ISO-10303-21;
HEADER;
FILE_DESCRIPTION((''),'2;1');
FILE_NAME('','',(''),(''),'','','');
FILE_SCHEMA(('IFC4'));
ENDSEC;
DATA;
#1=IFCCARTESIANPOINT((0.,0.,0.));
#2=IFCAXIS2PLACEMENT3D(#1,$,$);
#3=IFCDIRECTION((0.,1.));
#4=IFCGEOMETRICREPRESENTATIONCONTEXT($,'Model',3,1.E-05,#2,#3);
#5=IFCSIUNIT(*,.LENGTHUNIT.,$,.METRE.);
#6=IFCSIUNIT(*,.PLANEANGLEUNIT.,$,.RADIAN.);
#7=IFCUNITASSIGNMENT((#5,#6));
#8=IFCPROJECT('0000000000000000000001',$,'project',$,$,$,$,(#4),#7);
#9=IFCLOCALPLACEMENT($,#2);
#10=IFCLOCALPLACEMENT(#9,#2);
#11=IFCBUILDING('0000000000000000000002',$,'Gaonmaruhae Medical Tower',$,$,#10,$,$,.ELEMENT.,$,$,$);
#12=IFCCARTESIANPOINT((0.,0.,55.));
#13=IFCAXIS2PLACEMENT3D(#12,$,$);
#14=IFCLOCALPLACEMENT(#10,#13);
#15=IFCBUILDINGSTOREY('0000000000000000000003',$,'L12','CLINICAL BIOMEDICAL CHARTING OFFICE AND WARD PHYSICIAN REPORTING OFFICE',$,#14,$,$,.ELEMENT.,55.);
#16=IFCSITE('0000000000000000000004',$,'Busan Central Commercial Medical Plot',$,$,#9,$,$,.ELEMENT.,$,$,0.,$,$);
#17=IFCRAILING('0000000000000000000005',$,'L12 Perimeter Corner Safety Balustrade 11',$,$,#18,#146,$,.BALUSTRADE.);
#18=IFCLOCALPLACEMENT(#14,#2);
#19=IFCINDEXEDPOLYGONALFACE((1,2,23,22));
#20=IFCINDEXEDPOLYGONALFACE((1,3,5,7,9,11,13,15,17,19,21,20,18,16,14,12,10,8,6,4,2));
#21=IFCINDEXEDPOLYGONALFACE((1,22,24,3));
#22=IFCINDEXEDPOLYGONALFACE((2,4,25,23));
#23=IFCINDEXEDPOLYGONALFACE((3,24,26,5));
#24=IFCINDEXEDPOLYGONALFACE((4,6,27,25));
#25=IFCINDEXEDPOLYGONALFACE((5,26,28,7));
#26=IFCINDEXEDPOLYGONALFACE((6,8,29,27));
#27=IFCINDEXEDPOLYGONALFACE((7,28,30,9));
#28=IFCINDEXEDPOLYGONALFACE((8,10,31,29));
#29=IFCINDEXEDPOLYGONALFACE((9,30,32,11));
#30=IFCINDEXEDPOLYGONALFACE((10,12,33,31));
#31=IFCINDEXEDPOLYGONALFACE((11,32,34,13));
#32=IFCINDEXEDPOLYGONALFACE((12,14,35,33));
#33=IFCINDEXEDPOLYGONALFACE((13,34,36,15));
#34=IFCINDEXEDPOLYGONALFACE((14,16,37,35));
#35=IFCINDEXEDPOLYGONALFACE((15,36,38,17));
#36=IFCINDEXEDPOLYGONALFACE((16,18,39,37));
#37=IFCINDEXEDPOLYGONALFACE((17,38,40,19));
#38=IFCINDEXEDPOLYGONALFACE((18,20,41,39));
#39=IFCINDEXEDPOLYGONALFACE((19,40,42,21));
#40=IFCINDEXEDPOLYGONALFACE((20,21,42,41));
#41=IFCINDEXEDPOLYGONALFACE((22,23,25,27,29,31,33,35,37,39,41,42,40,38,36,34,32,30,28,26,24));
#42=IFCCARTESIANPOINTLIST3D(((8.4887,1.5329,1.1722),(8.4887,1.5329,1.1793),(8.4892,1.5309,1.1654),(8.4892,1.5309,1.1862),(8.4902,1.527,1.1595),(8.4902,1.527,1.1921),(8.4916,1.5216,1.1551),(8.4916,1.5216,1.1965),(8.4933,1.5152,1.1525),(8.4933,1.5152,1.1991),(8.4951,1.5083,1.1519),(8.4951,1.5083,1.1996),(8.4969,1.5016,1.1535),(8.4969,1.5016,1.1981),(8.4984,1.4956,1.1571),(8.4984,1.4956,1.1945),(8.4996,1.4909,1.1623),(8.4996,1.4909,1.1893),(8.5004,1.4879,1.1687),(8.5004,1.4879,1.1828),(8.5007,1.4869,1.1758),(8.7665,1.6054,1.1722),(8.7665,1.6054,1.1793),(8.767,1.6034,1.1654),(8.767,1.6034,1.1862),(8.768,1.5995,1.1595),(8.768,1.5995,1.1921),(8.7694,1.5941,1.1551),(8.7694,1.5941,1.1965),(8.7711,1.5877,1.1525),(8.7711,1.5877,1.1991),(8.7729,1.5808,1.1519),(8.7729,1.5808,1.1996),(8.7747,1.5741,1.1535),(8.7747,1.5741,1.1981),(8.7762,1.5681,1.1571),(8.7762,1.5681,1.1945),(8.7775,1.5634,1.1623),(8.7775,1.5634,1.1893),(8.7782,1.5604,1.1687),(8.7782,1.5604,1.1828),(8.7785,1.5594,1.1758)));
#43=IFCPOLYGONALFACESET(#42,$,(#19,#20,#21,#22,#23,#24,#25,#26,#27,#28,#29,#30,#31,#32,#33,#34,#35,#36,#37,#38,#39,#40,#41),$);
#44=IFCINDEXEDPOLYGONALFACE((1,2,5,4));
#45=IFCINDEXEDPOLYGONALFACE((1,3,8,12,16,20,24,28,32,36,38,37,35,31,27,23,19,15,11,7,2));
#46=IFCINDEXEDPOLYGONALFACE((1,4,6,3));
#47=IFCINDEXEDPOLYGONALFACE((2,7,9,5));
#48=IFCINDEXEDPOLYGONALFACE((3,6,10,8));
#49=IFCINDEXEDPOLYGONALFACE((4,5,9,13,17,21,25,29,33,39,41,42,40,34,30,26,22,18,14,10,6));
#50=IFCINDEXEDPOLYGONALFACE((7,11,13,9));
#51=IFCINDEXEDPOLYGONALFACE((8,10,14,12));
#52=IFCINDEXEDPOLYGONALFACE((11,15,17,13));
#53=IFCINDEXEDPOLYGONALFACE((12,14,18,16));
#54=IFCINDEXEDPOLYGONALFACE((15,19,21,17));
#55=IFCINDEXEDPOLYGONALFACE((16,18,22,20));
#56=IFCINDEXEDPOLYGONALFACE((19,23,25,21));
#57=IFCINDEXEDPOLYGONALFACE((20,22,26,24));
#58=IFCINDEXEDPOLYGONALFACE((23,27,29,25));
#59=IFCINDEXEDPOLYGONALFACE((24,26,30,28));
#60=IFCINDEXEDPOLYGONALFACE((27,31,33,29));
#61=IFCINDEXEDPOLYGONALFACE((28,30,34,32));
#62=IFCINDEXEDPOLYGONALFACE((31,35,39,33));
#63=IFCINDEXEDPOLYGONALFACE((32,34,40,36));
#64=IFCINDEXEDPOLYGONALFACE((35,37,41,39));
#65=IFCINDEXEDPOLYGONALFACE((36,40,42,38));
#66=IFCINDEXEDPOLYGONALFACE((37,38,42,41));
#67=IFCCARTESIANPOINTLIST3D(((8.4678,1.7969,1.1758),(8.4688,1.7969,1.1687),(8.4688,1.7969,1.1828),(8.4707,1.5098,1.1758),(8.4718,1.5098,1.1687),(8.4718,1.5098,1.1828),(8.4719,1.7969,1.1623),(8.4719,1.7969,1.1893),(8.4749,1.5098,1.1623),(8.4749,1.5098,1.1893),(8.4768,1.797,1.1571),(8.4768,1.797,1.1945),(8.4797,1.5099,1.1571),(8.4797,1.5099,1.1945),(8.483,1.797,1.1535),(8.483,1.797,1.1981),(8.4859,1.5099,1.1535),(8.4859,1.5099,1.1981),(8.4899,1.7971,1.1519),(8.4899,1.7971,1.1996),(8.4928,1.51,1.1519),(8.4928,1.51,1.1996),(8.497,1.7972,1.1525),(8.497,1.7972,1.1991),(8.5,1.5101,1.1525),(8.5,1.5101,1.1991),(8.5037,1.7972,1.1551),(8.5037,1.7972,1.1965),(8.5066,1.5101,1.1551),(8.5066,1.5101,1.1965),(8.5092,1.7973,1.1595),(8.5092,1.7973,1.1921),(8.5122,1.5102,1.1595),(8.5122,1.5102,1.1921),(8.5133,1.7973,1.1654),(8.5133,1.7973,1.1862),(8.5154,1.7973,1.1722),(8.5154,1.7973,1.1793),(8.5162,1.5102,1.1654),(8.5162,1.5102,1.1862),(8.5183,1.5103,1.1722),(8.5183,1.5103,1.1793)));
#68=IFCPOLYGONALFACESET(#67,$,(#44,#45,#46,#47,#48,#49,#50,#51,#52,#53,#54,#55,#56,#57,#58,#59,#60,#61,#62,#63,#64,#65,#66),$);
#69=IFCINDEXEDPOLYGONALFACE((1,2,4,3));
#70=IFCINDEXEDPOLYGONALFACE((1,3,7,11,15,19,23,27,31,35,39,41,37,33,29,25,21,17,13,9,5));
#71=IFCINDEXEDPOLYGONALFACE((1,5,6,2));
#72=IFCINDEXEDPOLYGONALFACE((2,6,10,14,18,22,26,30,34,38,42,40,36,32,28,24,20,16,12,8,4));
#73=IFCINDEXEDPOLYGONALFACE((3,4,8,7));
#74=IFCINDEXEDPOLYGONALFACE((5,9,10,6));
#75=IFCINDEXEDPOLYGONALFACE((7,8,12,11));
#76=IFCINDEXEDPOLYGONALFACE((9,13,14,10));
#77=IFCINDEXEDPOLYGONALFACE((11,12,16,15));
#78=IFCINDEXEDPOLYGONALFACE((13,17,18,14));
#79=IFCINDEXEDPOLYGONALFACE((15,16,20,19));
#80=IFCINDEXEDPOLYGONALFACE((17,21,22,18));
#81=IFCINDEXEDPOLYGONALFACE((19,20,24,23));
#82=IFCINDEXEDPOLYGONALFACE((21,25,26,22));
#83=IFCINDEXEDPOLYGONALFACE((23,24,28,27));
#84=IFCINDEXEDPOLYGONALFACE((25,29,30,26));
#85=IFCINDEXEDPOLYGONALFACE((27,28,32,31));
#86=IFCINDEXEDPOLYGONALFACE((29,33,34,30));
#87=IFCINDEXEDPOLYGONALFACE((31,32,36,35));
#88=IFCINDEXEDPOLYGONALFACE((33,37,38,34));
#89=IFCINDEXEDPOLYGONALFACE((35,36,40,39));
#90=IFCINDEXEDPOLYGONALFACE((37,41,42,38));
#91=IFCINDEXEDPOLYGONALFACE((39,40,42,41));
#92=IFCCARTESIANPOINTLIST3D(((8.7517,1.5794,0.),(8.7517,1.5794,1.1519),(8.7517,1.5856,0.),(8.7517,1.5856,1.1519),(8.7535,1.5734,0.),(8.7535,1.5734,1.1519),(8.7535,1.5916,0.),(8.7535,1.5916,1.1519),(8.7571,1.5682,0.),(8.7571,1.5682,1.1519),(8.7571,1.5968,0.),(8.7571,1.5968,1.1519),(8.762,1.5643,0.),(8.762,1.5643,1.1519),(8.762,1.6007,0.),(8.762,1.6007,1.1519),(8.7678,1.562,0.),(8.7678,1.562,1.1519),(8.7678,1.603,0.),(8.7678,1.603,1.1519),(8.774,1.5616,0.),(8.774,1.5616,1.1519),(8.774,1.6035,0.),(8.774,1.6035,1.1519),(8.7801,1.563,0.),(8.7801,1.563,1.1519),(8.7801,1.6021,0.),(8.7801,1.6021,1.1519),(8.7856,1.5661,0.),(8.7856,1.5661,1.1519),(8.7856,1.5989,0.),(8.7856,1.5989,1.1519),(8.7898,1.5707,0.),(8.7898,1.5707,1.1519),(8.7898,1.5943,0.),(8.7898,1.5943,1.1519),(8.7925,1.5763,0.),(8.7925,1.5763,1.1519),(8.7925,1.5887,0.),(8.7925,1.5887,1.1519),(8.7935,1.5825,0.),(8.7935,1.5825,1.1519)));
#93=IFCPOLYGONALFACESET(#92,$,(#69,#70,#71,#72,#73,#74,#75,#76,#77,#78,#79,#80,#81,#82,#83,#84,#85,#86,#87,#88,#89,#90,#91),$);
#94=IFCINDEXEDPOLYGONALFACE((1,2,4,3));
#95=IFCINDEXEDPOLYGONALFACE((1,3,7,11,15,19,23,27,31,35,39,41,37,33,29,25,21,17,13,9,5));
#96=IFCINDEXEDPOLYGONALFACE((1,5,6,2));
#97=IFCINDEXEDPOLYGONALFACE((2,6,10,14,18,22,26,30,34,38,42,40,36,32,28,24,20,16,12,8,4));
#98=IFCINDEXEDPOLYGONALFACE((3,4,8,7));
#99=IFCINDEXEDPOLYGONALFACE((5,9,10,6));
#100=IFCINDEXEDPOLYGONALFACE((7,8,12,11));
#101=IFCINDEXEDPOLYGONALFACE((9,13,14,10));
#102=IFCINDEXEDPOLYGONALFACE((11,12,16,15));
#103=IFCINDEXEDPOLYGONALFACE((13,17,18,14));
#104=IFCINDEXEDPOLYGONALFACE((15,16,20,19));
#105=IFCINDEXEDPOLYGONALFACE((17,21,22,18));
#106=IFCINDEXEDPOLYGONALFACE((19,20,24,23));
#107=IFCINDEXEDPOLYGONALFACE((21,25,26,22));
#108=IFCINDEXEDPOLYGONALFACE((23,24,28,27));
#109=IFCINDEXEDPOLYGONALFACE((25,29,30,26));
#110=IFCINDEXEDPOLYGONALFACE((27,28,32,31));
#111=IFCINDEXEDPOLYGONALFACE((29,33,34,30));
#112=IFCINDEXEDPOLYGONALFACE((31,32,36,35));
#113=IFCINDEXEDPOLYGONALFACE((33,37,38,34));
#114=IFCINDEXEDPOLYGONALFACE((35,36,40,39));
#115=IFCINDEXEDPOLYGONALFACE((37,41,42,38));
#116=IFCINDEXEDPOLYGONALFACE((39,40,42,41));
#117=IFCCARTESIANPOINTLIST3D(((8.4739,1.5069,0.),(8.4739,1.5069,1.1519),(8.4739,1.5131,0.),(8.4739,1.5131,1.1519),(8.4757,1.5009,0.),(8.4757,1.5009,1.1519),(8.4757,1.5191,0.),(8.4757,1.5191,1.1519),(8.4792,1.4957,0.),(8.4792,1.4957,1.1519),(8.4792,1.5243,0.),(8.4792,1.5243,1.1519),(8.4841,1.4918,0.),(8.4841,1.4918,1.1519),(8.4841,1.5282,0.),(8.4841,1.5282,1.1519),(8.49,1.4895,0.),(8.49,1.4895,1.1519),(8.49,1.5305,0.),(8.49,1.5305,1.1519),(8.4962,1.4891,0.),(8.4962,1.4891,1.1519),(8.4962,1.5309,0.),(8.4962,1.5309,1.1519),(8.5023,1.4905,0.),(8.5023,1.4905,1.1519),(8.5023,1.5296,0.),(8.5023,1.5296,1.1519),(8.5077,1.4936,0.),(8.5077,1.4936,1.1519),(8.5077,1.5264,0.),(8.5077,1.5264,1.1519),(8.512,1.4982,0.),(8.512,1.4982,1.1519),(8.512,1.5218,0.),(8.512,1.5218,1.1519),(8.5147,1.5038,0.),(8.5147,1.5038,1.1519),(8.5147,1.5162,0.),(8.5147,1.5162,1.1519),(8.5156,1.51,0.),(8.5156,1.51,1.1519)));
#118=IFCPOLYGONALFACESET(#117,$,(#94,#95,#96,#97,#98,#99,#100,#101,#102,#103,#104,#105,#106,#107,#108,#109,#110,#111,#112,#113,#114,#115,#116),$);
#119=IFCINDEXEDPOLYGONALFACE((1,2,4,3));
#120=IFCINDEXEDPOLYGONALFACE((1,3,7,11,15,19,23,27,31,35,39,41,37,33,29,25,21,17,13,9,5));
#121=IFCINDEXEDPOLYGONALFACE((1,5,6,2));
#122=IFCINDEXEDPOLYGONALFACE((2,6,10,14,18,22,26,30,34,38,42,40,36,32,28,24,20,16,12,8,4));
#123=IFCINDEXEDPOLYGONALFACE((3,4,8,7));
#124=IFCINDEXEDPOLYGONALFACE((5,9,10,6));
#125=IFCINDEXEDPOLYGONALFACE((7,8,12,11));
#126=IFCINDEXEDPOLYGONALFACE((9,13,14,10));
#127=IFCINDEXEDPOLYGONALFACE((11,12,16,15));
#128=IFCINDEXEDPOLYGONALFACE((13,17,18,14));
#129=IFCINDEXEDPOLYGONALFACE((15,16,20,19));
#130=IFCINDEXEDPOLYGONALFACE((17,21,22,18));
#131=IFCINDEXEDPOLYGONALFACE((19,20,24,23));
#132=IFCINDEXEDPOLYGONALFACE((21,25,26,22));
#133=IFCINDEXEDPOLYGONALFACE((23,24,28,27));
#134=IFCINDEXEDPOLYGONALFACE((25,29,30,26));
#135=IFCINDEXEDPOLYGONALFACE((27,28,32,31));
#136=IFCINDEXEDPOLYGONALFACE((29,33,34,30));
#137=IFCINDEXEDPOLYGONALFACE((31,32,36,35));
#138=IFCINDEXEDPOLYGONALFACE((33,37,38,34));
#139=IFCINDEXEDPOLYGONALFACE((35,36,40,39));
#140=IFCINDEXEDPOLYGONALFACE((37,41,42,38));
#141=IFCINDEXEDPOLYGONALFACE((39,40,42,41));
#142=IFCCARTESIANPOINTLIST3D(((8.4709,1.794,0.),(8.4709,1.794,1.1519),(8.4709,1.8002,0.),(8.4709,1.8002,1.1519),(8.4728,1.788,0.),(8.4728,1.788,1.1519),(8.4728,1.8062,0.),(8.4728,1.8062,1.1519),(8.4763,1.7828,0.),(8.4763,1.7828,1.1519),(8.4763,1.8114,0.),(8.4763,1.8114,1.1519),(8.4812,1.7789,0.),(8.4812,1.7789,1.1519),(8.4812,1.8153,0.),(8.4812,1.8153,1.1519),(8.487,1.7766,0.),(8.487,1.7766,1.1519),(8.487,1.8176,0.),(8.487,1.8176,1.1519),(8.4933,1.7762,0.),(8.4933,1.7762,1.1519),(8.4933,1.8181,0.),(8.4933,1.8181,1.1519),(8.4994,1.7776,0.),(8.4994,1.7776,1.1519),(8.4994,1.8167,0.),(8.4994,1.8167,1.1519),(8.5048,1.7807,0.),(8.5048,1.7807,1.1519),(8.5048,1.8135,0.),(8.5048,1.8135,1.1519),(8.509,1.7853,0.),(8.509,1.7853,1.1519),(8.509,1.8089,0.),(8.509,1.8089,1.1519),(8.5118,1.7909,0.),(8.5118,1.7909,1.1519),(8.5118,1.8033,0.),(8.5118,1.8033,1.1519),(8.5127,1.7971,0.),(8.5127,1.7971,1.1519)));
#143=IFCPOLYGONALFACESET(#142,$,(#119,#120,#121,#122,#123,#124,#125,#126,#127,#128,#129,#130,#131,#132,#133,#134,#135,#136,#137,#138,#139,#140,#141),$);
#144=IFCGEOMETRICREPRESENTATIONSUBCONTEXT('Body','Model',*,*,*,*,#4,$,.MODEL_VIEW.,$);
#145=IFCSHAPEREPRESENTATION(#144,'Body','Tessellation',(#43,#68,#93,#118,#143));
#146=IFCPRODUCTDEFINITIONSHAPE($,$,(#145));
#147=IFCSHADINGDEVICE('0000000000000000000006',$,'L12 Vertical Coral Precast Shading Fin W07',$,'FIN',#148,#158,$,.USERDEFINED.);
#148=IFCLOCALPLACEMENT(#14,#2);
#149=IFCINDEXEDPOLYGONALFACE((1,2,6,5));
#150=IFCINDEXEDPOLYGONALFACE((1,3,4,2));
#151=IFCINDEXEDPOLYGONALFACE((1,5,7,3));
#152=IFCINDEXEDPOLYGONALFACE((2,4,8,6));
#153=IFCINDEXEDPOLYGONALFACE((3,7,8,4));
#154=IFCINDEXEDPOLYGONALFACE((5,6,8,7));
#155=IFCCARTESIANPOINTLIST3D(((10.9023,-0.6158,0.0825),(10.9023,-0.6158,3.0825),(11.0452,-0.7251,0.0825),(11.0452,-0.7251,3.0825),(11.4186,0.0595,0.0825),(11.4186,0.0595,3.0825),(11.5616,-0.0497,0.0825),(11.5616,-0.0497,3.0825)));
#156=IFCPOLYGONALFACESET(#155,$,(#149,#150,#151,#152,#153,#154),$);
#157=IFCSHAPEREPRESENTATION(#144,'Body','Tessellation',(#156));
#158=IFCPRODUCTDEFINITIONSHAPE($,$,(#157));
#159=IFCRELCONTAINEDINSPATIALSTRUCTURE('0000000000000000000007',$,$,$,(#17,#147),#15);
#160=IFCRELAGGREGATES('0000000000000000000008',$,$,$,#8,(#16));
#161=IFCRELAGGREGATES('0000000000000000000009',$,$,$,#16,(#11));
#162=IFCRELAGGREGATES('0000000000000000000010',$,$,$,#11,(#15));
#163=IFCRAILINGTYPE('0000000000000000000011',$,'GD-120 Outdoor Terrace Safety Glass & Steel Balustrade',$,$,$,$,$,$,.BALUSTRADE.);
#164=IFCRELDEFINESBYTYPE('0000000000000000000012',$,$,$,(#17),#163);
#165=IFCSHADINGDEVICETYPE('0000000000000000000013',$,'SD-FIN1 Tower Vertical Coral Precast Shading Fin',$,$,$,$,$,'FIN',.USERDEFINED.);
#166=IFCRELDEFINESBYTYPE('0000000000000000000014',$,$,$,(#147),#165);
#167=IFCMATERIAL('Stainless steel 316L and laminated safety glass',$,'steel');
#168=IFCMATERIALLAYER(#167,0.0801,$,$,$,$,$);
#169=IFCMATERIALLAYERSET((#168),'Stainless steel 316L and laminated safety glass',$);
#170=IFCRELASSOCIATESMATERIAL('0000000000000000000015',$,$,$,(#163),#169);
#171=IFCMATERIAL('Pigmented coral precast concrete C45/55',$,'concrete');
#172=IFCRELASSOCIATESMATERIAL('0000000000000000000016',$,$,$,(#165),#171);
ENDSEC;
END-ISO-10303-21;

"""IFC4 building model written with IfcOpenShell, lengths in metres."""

from ifc_helpers import new_model, si_unit, direction, frame, origin, origin_2d, place, context, subcontext, project, spatial, rectangle, circle, extrude, material, layer, layer_set, type_object, element, save


model = new_model("IFC4")

# Units and contexts
model_context = context("Model", 3, precision=1e-05, world=origin(), true_north=direction((0.0, 1.0)))
body_context = subcontext(model_context, "Body", "Model", "MODEL_VIEW")
ifc_project = project(units=[si_unit("LENGTHUNIT", "METRE"), si_unit("PLANEANGLEUNIT", "RADIAN")], contexts=[model_context])

# Site, building, storey
site_placement = place(None, origin())
site = spatial("IfcSite", under=ifc_project, at=site_placement, Name="Busan Central Commercial Medical Plot", CompositionType="ELEMENT", RefElevation=0.0)
building_placement = place(site_placement, origin())
building = spatial("IfcBuilding", under=site, at=building_placement, Name="Gaonmaruhae Medical Tower", CompositionType="ELEMENT")
storey_placement = place(building_placement, frame((0.0, 0.0, 55.0)))
storey = spatial("IfcBuildingStorey", under=building, at=storey_placement, Name="L12", Description="CLINICAL BIOMEDICAL CHARTING OFFICE AND WARD PHYSICIAN REPORTING OFFICE", CompositionType="ELEMENT", Elevation=55.0)

# Railing
ifc_material_1 = material(Name="Stainless steel 316L and laminated safety glass", Category="steel")
ifc_layer_1 = layer(ifc_material_1, 0.0801)
ifc_layer_set_1 = layer_set([ifc_layer_1], Name="Stainless steel 316L and laminated safety glass")
railing_type = type_object("IfcRailingType", Name="GD-120 Outdoor Terrace Safety Glass & Steel Balustrade", PredefinedType="BALUSTRADE", material=ifc_layer_set_1)
railing_1_placement = place(storey_placement, frame((8.7725, 1.5825, 0.0)))
element("IfcRailing", 1, at=railing_1_placement, inside=storey, type_object=railing_type, Name="L12 Perimeter Corner Safety Balustrade 11", PredefinedType="BALUSTRADE", context=body_context, shape_type="SweptSolid", body=[
    extrude(circle(Radius=0.0239, at=origin_2d()), frame((0.0, 0.0, 1.1758), z_axis=(-0.96759, -0.252526, 0.0), x_axis=(0.252526, -0.96759, 0.0)), (0.0, 0.0, 1.0), 0.2871),
    extrude(circle(Radius=0.0239, at=origin_2d()), frame((-0.2778, -0.0725, 1.1758), z_axis=(-0.010204, 0.999948, 0.0), x_axis=(-0.999948, -0.010204, 0.0)), (0.0, 0.0, 1.0), 0.2871),
    extrude(circle(Radius=0.021, at=origin_2d()), origin(), (0.0, 0.0, 1.0), 1.1519),
    extrude(circle(Radius=0.021, at=origin_2d()), frame((-0.2778, -0.0725, 0.0)), (0.0, 0.0, 1.0), 1.1519),
    extrude(circle(Radius=0.021, at=origin_2d()), frame((-0.2808, 0.2146, 0.0)), (0.0, 0.0, 1.0), 1.1519),
])

# Shading device
ifc_material_2 = material(Name="Pigmented coral precast concrete C45/55", Category="concrete")
shading_device_type = type_object("IfcShadingDeviceType", Name="SD-FIN1 Tower Vertical Coral Precast Shading Fin", ElementType="FIN", PredefinedType="USERDEFINED", material=ifc_material_2)
shading_device_placement = place(storey_placement, frame((11.2319, -0.3328, 0.0825), z_axis=(0.0, 0.0, 1.0), x_axis=(-0.794425, 0.607362, 0.0)))
element("IfcShadingDevice", 2, at=shading_device_placement, inside=storey, type_object=shading_device_type, Name="L12 Vertical Coral Precast Shading Fin W07", ObjectType="FIN", PredefinedType="USERDEFINED", context=body_context, shape_type="SweptSolid", body=[
    extrude(rectangle(XDim=0.1799, YDim=0.8501, at=origin_2d()), origin(), (0.0, 0.0, 1.0), 3.0),
])

save(model, "model.ifc")
